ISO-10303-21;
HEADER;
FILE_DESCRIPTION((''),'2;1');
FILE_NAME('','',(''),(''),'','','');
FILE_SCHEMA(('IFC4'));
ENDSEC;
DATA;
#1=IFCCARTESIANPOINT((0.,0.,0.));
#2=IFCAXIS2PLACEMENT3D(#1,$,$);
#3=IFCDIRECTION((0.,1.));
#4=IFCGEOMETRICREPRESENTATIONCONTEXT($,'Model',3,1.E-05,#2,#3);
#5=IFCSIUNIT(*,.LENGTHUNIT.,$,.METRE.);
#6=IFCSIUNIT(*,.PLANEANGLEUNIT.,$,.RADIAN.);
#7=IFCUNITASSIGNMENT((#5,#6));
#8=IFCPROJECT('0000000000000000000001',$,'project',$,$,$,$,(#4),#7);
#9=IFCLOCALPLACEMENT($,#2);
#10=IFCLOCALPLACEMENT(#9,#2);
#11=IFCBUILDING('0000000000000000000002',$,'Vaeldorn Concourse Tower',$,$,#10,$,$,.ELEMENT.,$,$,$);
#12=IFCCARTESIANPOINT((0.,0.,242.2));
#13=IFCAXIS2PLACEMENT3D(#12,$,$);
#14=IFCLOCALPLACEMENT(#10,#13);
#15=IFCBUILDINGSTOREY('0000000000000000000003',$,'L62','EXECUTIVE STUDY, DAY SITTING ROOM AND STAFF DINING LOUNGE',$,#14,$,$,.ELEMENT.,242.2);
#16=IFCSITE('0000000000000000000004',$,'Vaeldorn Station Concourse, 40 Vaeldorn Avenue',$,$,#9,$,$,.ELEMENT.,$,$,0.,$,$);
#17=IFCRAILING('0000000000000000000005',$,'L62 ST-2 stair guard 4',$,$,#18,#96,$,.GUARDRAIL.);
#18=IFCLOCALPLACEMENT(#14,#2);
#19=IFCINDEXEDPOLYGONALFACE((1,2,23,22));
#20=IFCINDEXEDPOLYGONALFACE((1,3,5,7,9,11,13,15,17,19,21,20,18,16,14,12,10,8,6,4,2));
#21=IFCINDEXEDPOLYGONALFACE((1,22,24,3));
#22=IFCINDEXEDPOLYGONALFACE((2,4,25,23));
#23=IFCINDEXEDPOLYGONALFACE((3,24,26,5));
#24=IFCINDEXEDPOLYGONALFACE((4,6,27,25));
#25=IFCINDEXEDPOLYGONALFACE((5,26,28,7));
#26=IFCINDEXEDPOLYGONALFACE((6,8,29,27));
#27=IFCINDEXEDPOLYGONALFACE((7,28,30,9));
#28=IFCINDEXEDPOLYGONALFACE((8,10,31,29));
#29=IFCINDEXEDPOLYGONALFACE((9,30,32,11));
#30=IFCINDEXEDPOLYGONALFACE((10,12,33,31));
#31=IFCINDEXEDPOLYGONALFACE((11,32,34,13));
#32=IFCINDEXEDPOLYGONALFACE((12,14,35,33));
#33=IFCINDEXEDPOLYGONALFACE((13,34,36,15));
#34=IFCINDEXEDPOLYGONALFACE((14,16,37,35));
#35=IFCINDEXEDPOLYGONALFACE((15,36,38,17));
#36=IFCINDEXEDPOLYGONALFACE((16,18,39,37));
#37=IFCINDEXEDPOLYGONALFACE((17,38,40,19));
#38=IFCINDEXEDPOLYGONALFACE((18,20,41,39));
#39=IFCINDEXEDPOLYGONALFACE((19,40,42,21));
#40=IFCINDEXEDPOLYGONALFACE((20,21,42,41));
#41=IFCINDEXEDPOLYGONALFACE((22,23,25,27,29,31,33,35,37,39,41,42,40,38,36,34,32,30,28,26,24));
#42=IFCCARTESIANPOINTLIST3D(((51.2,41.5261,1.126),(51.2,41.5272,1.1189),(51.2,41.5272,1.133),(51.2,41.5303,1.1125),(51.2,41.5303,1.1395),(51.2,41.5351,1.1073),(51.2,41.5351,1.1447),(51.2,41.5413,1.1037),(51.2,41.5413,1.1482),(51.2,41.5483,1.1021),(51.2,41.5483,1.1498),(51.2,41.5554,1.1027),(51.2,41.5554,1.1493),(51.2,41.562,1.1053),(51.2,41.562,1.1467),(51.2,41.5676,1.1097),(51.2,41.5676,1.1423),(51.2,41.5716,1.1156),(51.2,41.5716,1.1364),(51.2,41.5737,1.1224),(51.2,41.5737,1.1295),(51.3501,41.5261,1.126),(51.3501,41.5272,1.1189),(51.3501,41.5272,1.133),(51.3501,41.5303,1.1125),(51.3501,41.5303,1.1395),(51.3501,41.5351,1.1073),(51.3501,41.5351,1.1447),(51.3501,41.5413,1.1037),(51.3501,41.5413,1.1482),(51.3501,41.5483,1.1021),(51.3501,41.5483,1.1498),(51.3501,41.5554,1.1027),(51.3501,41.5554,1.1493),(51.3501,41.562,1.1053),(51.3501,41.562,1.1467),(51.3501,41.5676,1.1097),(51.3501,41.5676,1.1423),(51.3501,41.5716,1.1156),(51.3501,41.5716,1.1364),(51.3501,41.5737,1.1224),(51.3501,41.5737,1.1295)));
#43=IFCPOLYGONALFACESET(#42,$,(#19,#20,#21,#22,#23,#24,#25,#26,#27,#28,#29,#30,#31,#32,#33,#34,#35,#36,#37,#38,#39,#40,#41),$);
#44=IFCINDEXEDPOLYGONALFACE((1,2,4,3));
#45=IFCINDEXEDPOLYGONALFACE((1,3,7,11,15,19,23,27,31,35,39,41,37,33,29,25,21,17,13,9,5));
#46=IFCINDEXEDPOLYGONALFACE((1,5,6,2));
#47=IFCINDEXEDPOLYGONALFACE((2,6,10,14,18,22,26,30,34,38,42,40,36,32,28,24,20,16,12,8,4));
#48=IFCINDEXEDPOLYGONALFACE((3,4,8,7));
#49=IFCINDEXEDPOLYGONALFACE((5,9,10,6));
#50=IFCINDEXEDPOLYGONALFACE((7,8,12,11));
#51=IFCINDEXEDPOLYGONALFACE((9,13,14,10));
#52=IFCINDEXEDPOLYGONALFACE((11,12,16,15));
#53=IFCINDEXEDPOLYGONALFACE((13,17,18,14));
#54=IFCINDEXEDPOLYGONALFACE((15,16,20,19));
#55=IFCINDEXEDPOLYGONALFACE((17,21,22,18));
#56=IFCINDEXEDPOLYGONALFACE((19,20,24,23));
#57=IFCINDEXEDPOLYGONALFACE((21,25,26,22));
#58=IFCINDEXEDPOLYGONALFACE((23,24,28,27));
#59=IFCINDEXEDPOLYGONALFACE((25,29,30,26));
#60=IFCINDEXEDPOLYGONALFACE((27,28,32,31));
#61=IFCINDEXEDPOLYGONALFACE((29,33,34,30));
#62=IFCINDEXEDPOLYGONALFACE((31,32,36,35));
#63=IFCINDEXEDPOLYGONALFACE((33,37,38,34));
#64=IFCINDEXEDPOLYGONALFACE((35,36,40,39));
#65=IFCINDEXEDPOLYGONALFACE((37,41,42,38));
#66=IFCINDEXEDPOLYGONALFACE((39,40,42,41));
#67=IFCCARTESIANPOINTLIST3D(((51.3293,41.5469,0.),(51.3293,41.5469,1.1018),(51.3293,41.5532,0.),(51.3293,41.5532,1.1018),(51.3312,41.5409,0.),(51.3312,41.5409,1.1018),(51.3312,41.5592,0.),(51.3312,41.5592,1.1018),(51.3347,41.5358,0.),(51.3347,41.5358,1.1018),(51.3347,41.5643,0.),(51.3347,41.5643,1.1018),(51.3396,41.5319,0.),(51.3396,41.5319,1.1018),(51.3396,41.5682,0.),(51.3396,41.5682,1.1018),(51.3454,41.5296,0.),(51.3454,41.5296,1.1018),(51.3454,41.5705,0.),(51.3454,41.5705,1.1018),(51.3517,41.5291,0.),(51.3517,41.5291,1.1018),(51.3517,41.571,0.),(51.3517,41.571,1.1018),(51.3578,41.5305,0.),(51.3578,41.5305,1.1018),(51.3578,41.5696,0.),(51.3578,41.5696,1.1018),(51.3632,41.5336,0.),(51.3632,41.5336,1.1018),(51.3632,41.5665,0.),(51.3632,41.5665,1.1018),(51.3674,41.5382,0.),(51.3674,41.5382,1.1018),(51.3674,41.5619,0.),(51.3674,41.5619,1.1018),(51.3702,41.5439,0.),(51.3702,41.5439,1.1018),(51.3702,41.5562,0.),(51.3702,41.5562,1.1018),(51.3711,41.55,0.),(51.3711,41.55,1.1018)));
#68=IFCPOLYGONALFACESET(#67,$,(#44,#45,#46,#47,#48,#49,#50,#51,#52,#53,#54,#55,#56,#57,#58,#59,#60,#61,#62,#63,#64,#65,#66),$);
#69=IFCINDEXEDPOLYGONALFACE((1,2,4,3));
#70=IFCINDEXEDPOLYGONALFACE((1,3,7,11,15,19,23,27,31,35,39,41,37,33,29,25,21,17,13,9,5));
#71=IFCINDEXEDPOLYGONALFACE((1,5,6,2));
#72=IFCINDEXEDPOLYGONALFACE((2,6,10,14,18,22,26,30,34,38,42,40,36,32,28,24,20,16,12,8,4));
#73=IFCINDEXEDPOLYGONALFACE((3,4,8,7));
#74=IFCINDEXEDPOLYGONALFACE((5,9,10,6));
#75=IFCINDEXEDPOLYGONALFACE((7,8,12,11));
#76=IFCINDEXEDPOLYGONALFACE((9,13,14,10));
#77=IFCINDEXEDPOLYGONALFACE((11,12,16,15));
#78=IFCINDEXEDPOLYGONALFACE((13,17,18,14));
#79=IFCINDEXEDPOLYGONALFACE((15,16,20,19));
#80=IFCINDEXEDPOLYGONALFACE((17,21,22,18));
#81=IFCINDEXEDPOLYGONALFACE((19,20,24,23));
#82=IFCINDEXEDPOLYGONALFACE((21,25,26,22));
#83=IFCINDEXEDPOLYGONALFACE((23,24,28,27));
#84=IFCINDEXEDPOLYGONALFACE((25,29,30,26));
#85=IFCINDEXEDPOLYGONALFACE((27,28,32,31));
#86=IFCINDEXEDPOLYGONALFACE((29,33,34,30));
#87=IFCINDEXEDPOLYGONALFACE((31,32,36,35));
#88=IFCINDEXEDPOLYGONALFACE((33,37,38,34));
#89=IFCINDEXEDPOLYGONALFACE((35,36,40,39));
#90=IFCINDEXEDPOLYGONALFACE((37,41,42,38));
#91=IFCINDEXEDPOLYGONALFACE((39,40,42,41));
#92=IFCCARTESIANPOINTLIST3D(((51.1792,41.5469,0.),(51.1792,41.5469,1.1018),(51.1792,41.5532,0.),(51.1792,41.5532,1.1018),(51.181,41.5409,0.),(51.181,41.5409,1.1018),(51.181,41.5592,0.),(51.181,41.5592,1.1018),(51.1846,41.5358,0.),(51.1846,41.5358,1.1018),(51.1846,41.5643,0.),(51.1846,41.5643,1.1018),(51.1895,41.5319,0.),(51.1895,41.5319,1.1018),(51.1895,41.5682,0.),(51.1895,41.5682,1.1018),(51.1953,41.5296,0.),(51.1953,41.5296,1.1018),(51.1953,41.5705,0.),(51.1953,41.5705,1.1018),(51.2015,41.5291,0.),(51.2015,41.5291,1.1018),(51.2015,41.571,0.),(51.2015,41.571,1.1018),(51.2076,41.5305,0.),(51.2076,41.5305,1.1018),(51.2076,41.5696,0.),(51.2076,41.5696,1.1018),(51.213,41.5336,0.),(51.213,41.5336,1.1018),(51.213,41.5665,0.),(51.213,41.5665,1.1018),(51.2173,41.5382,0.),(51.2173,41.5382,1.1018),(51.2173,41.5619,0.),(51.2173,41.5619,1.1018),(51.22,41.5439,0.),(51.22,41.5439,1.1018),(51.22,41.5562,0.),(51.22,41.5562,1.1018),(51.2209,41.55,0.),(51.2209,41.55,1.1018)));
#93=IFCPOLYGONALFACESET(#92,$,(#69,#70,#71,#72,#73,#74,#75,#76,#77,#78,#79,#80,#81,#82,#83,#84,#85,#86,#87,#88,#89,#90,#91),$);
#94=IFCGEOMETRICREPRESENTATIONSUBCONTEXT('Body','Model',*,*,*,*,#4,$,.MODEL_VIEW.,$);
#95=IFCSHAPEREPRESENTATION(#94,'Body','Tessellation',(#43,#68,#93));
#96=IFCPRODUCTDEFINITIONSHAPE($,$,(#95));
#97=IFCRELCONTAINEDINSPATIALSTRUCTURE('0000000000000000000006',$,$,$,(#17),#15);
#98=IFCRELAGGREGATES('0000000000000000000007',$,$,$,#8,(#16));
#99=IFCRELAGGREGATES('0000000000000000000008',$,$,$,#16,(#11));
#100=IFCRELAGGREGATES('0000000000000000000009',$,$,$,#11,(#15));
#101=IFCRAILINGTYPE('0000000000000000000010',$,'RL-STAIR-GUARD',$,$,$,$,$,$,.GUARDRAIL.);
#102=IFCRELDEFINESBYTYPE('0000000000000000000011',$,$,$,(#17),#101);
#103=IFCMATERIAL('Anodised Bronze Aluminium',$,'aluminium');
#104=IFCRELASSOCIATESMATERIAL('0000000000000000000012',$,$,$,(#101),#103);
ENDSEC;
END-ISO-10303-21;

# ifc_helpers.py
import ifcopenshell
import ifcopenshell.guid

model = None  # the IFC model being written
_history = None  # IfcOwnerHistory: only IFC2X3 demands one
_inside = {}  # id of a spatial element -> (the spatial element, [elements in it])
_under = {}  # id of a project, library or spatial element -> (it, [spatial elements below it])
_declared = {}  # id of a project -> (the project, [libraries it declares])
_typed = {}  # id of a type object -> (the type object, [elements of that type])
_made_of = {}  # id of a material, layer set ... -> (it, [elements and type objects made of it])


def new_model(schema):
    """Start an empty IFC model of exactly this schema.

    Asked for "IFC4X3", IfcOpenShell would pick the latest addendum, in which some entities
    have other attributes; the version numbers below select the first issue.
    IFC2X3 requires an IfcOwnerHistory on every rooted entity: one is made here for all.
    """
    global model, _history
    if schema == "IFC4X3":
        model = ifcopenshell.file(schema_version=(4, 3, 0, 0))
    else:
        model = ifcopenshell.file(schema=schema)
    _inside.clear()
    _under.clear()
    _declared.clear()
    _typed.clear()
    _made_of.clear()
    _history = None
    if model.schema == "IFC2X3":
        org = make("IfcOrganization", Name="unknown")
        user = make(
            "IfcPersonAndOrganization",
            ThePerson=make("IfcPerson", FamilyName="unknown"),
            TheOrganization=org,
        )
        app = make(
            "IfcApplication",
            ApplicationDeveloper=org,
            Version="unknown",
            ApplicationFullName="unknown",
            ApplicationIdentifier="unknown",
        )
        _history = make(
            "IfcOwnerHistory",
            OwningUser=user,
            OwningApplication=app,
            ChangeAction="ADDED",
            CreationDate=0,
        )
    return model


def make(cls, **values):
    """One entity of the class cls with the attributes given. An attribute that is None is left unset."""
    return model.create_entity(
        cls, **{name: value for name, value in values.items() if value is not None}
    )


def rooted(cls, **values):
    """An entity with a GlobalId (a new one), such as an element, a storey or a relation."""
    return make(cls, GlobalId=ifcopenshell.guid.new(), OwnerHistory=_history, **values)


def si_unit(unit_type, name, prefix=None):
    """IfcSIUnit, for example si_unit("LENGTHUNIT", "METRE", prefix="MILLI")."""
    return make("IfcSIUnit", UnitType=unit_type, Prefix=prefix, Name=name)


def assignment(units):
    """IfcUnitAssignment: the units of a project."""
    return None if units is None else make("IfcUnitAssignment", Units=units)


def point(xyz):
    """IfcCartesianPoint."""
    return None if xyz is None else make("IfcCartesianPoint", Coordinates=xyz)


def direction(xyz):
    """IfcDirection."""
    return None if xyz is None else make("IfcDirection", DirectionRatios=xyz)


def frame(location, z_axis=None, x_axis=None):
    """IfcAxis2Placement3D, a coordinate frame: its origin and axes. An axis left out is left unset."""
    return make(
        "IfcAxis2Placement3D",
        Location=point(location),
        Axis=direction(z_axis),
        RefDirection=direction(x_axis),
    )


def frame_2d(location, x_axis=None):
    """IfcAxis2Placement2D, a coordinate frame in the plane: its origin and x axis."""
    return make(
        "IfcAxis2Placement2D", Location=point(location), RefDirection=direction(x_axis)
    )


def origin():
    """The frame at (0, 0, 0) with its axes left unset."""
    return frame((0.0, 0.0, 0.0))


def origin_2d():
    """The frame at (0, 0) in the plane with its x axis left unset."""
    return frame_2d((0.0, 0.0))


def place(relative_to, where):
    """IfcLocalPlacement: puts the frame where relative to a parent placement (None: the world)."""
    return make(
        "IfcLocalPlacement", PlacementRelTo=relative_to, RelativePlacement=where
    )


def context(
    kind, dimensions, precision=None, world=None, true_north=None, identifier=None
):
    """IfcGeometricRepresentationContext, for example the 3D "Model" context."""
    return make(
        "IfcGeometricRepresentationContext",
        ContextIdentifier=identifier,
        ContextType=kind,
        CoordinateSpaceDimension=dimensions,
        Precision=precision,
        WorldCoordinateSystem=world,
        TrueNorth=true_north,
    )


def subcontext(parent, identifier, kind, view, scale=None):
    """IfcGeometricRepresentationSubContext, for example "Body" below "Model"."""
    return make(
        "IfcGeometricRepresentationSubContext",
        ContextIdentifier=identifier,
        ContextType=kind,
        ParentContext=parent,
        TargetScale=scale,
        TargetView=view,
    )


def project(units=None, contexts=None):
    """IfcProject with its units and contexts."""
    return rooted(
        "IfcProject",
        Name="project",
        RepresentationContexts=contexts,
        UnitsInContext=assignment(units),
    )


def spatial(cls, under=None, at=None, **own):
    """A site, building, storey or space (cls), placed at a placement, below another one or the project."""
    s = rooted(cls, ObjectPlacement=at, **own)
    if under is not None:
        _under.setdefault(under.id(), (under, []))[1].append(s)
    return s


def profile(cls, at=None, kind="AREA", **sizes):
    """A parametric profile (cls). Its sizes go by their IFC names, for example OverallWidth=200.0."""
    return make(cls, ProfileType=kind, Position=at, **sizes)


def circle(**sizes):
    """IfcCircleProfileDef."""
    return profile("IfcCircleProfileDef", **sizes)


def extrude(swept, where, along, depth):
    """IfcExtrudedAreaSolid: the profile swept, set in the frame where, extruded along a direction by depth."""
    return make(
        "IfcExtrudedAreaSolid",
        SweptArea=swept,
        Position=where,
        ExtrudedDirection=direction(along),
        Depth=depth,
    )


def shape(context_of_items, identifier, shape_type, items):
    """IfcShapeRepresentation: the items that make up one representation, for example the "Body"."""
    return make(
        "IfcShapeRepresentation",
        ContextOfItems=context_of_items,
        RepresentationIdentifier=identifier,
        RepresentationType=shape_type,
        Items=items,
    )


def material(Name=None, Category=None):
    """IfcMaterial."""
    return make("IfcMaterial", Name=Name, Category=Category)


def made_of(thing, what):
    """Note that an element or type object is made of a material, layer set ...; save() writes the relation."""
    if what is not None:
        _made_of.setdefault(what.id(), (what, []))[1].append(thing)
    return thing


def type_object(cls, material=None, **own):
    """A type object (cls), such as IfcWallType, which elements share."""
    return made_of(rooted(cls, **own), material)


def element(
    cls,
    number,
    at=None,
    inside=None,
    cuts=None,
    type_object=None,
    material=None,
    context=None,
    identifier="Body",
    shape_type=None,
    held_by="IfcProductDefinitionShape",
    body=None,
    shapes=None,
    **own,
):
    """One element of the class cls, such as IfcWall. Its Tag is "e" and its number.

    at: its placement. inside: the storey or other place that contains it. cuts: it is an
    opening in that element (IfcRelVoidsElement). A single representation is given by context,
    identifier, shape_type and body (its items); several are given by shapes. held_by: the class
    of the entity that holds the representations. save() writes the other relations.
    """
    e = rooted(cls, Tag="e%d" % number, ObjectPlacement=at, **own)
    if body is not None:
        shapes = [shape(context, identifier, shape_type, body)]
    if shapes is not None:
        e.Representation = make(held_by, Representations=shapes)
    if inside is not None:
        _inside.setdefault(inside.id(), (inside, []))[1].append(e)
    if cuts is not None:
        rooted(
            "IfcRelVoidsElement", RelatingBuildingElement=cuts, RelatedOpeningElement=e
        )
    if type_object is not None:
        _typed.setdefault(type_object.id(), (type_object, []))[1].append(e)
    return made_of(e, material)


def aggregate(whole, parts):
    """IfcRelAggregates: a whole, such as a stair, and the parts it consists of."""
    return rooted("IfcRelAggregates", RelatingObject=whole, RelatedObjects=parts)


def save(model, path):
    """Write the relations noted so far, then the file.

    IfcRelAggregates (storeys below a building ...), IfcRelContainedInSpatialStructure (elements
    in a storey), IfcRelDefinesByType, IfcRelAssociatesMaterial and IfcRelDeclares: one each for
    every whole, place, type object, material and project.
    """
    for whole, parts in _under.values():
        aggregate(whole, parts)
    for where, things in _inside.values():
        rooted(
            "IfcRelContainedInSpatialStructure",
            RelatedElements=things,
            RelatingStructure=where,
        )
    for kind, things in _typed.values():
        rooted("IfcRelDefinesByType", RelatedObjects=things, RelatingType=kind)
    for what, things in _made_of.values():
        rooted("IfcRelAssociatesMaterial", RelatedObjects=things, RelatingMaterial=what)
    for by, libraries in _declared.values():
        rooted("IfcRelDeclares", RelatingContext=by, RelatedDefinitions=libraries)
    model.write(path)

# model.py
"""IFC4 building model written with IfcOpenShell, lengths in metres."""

from ifc_helpers import new_model, si_unit, direction, frame, origin, origin_2d, place, context, subcontext, project, spatial, circle, extrude, material, type_object, element, save


model = new_model("IFC4")

# Units and contexts
model_context = context("Model", 3, precision=1e-05, world=origin(), true_north=direction((0.0, 1.0)))
body_context = subcontext(model_context, "Body", "Model", "MODEL_VIEW")
ifc_project = project(units=[si_unit("LENGTHUNIT", "METRE"), si_unit("PLANEANGLEUNIT", "RADIAN")], contexts=[model_context])

# Site, building, storey
site_placement = place(None, origin())
site = spatial("IfcSite", under=ifc_project, at=site_placement, Name="Vaeldorn Station Concourse, 40 Vaeldorn Avenue", CompositionType="ELEMENT", RefElevation=0.0)
building_placement = place(site_placement, origin())
building = spatial("IfcBuilding", under=site, at=building_placement, Name="Vaeldorn Concourse Tower", CompositionType="ELEMENT")
storey_placement = place(building_placement, frame((0.0, 0.0, 242.2)))
storey = spatial("IfcBuildingStorey", under=building, at=storey_placement, Name="L62", Description="EXECUTIVE STUDY, DAY SITTING ROOM AND STAFF DINING LOUNGE", CompositionType="ELEMENT", Elevation=242.2)

# Shared definitions
ifc_material_1 = material(Name="Anodised Bronze Aluminium", Category="aluminium")

# Railing
railing_type_1 = type_object("IfcRailingType", Name="RL-STAIR-GUARD", PredefinedType="GUARDRAIL", material=ifc_material_1)
railing_1_placement = place(storey_placement, frame((51.3501, 41.55, 0.0)))
element("IfcRailing", 1, at=railing_1_placement, inside=storey, type_object=railing_type_1, Name="L62 ST-2 stair guard 4", PredefinedType="GUARDRAIL", context=body_context, shape_type="SweptSolid", body=[
    extrude(circle(Radius=0.0239, at=origin_2d()), frame((0.0, 0.0, 1.126), z_axis=(-1.0, 0.0, 0.0), x_axis=(0.0, -1.0, 0.0)), (0.0, 0.0, 1.0), 0.1501),
    extrude(circle(Radius=0.021, at=origin_2d()), origin(), (0.0, 0.0, 1.0), 1.1018),
    extrude(circle(Radius=0.021, at=origin_2d()), frame((-0.1501, 0.0, 0.0)), (0.0, 0.0, 1.0), 1.1018),
])

save(model, "model.ifc")
